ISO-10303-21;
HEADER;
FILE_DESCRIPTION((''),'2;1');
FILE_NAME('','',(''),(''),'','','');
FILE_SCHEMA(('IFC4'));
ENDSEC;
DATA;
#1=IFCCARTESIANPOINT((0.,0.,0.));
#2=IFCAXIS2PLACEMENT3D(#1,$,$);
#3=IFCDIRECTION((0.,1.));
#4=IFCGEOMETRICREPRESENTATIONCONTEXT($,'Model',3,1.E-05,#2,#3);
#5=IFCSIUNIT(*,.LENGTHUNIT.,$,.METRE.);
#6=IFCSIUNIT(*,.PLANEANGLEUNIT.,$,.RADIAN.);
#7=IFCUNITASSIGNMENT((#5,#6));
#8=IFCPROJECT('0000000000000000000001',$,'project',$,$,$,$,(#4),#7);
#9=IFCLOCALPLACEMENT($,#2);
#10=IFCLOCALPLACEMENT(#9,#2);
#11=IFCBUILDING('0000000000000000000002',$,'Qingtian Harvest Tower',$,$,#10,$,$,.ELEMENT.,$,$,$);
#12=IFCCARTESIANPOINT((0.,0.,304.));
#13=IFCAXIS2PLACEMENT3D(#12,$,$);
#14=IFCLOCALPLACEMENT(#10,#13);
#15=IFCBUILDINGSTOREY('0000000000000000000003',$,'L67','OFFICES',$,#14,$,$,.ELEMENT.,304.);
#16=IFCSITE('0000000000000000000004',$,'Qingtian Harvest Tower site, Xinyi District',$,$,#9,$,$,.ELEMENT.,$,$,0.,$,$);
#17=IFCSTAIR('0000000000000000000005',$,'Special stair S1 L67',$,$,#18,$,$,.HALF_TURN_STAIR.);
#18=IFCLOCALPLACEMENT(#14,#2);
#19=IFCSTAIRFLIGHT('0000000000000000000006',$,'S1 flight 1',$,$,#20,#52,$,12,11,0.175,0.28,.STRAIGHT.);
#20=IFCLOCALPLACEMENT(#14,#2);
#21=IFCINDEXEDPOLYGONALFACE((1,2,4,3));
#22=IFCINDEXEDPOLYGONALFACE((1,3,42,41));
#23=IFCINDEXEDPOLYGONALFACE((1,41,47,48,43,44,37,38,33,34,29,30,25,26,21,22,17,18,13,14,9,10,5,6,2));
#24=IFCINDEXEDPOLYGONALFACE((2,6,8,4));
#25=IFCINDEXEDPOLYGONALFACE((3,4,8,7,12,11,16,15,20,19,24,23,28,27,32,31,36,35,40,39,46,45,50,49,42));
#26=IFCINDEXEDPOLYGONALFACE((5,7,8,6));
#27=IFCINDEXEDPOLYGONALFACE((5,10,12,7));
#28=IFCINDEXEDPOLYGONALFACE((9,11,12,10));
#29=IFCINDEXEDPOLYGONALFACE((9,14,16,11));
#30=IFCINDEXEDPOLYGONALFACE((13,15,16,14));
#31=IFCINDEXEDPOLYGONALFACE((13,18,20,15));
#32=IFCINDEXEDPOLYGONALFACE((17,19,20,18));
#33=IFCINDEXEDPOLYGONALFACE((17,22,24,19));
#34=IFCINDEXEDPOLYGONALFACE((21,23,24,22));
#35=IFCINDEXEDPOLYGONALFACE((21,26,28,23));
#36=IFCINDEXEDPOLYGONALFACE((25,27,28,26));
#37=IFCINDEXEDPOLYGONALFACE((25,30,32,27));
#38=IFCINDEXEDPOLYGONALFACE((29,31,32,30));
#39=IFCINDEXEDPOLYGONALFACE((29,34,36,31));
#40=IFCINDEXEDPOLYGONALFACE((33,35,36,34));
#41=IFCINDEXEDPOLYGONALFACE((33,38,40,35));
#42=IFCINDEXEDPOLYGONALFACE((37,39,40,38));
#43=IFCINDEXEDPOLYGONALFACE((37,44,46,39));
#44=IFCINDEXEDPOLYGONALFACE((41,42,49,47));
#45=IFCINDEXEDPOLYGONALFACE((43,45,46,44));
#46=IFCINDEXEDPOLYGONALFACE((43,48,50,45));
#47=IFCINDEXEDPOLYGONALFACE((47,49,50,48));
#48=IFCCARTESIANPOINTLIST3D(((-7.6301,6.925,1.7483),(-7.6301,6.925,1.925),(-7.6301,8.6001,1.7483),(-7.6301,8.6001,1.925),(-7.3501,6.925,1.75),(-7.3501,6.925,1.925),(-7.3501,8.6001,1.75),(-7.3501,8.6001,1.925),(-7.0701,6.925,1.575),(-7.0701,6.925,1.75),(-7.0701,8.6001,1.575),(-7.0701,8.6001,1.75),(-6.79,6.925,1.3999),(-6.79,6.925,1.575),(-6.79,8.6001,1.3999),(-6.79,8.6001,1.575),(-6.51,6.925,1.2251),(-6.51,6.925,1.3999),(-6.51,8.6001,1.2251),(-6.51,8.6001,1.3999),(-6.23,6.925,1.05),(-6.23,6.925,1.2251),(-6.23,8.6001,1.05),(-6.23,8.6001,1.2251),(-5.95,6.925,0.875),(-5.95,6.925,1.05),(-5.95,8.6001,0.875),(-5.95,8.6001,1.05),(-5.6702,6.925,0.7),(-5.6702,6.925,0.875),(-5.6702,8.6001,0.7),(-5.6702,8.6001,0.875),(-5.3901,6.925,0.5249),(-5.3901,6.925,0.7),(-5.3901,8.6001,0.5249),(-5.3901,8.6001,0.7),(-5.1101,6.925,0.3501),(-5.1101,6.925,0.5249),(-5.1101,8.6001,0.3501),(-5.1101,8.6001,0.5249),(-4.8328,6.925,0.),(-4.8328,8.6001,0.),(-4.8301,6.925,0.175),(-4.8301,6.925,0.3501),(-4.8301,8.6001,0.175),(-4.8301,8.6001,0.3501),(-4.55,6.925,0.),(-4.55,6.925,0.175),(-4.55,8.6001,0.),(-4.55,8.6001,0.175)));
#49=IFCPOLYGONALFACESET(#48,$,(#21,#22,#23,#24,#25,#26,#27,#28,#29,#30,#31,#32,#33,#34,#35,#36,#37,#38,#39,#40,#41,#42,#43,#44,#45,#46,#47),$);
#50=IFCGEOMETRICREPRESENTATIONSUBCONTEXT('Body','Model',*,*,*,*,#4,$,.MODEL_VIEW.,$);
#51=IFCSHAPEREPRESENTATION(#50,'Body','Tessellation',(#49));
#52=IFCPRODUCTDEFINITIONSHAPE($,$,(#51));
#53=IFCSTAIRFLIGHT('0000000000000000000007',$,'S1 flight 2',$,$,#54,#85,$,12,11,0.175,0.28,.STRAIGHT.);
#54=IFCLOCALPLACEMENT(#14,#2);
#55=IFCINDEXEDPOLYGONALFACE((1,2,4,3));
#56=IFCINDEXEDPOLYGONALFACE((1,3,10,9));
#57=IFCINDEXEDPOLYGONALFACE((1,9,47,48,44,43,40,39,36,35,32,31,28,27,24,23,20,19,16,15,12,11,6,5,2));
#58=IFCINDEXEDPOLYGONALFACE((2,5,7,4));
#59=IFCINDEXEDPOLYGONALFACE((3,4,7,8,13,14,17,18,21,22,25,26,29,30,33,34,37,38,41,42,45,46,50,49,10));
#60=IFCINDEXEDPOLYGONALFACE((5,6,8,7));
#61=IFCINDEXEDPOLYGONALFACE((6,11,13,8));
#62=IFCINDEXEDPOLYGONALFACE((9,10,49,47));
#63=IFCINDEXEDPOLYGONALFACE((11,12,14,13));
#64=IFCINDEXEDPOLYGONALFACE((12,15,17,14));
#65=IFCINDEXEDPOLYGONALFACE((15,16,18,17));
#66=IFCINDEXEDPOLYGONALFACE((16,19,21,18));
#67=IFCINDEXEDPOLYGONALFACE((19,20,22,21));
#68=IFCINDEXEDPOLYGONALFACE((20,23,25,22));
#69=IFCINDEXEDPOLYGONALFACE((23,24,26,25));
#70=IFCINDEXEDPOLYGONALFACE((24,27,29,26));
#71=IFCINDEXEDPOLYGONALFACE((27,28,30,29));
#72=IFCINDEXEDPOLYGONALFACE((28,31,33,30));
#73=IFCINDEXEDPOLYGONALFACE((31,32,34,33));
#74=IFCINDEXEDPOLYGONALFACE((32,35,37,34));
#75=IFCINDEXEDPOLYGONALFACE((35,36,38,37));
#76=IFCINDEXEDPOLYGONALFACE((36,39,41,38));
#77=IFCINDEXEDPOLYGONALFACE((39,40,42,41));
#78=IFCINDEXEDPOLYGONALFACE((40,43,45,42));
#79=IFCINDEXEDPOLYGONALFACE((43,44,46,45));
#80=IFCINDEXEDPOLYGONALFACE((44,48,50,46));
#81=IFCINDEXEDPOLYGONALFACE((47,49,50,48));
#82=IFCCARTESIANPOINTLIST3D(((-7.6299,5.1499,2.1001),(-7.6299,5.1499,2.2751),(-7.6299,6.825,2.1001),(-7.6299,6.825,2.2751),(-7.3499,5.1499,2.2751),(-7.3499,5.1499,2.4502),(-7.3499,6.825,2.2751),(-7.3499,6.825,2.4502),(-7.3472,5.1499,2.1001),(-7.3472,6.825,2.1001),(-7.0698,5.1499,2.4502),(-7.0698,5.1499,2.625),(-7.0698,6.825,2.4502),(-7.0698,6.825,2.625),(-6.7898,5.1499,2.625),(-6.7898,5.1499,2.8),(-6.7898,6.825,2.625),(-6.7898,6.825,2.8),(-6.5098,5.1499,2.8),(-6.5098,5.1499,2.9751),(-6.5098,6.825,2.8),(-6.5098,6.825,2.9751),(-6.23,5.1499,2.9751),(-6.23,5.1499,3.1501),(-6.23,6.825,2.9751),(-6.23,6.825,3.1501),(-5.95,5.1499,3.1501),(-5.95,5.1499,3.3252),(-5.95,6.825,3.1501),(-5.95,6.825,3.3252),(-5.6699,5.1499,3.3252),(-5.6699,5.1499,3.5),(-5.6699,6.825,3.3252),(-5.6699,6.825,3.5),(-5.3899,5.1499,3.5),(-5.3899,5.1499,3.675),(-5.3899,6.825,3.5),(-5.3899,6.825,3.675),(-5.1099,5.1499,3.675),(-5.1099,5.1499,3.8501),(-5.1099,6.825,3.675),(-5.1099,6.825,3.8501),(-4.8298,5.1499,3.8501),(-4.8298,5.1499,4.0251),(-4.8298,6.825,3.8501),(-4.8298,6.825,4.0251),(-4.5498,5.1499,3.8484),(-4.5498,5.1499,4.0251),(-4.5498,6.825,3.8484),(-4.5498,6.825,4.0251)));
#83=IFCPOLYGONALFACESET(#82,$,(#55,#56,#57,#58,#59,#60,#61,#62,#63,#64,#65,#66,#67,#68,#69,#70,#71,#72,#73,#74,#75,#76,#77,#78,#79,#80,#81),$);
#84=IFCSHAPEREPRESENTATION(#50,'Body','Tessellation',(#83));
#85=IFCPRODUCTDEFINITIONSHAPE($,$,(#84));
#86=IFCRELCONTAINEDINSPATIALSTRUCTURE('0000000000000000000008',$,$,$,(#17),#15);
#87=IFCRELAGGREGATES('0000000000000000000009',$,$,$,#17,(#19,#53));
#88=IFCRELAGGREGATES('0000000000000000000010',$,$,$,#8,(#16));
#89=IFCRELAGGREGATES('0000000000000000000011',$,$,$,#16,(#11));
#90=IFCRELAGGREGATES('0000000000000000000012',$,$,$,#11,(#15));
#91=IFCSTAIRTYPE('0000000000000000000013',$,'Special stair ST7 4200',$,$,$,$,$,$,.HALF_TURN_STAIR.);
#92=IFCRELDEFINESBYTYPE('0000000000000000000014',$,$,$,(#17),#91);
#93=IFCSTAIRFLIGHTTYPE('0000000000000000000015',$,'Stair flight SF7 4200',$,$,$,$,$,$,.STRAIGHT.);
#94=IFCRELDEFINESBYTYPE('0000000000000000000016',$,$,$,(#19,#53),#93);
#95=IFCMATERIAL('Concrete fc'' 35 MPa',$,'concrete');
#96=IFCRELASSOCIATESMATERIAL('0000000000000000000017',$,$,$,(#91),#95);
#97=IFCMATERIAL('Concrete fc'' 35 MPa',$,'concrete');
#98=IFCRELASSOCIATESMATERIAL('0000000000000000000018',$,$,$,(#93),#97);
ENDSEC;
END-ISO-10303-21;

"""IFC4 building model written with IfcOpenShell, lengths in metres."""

from ifc_helpers import new_model, si_unit, direction, frame, origin, place, context, subcontext, project, spatial, polyline, outline, extrude, material, type_object, element, aggregate, save


model = new_model("IFC4")

# Units and contexts
model_context = context("Model", 3, precision=1e-05, world=origin(), true_north=direction((0.0, 1.0)))
body_context = subcontext(model_context, "Body", "Model", "MODEL_VIEW")
ifc_project = project(units=[si_unit("LENGTHUNIT", "METRE"), si_unit("PLANEANGLEUNIT", "RADIAN")], contexts=[model_context])

# Site, building, storey
site_placement = place(None, origin())
site = spatial("IfcSite", under=ifc_project, at=site_placement, Name="Qingtian Harvest Tower site, Xinyi District", CompositionType="ELEMENT", RefElevation=0.0)
building_placement = place(site_placement, origin())
building = spatial("IfcBuilding", under=site, at=building_placement, Name="Qingtian Harvest Tower", CompositionType="ELEMENT")
storey_placement = place(building_placement, frame((0.0, 0.0, 304.0)))
storey = spatial("IfcBuildingStorey", under=building, at=storey_placement, Name="L67", Description="OFFICES", CompositionType="ELEMENT", Elevation=304.0)

# Stair, stair flights
ifc_material_1 = material(Name="Concrete fc' 35 MPa", Category="concrete")
stair_type = type_object("IfcStairType", Name="Special stair ST7 4200", PredefinedType="HALF_TURN_STAIR", material=ifc_material_1)
stair_placement = place(storey_placement, origin())
stair = element("IfcStair", 1, at=stair_placement, inside=storey, type_object=stair_type, Name="Special stair S1 L67", PredefinedType="HALF_TURN_STAIR")
ifc_material_2 = material(Name="Concrete fc' 35 MPa", Category="concrete")
stair_flight_type = type_object("IfcStairFlightType", Name="Stair flight SF7 4200", PredefinedType="STRAIGHT", material=ifc_material_2)
stair_flight_1_placement = place(storey_placement, frame((-4.55, 7.7625, 0.0), z_axis=(0.0, 0.0, 1.0), x_axis=(-1.0, 0.0, 0.0)))
stair_flight_1 = element("IfcStairFlight", 2, at=stair_flight_1_placement, type_object=stair_flight_type, Name="S1 flight 1", NumberOfRisers=12, NumberOfTreads=11, PredefinedType="STRAIGHT", RiserHeight=0.175, TreadLength=0.28, context=body_context, shape_type="SweptSolid", body=[
    extrude(outline(polyline([(0.0, 0.0), (0.0, 0.175), (0.28, 0.175), (0.28, 0.3501), (0.5601, 0.3501), (0.5601, 0.5249), (0.8401, 0.5249), (0.8401, 0.7), (1.1201, 0.7), (1.1201, 0.875), (1.3999, 0.875), (1.3999, 1.05), (1.6799, 1.05), (1.6799, 1.2251), (1.96, 1.2251), (1.96, 1.3999), (2.24, 1.3999), (2.24, 1.575), (2.52, 1.575), (2.52, 1.75), (2.8, 1.75), (2.8, 1.925), (3.0801, 1.925), (3.0801, 2.1001), (3.0801, 1.7483), (0.2827, 0.0), (0.0, 0.0)])), frame((0.0, 0.8374, 0.0), z_axis=(0.0, -1.0, 0.0), x_axis=(1.0, 0.0, 0.0)), (0.0, 0.0, 1.0), 1.675),
])
stair_flight_2_placement = place(storey_placement, frame((-7.6299, 5.9875, 2.1001), z_axis=(0.0, 0.0, 1.0), x_axis=(1.0, 0.0, 0.0)))
stair_flight_2 = element("IfcStairFlight", 3, at=stair_flight_2_placement, type_object=stair_flight_type, Name="S1 flight 2", NumberOfRisers=12, NumberOfTreads=11, PredefinedType="STRAIGHT", RiserHeight=0.175, TreadLength=0.28, context=body_context, shape_type="SweptSolid", body=[
    extrude(outline(polyline([(0.0, 0.0), (0.0, 0.175), (0.28, 0.175), (0.28, 0.3501), (0.5601, 0.3501), (0.5601, 0.5249), (0.8401, 0.5249), (0.8401, 0.7), (1.1201, 0.7), (1.1201, 0.875), (1.3999, 0.875), (1.3999, 1.05), (1.6799, 1.05), (1.6799, 1.2251), (1.96, 1.2251), (1.96, 1.3999), (2.24, 1.3999), (2.24, 1.575), (2.52, 1.575), (2.52, 1.75), (2.8, 1.75), (2.8, 1.925), (3.0801, 1.925), (3.0801, 2.1001), (3.0801, 1.7483), (0.2827, 0.0), (0.0, 0.0)])), frame((0.0, 0.8374, 0.0), z_axis=(0.0, -1.0, 0.0), x_axis=(1.0, 0.0, 0.0)), (0.0, 0.0, 1.0), 1.675),
])
aggregate(stair, [stair_flight_1, stair_flight_2])

save(model, "model.ifc")
